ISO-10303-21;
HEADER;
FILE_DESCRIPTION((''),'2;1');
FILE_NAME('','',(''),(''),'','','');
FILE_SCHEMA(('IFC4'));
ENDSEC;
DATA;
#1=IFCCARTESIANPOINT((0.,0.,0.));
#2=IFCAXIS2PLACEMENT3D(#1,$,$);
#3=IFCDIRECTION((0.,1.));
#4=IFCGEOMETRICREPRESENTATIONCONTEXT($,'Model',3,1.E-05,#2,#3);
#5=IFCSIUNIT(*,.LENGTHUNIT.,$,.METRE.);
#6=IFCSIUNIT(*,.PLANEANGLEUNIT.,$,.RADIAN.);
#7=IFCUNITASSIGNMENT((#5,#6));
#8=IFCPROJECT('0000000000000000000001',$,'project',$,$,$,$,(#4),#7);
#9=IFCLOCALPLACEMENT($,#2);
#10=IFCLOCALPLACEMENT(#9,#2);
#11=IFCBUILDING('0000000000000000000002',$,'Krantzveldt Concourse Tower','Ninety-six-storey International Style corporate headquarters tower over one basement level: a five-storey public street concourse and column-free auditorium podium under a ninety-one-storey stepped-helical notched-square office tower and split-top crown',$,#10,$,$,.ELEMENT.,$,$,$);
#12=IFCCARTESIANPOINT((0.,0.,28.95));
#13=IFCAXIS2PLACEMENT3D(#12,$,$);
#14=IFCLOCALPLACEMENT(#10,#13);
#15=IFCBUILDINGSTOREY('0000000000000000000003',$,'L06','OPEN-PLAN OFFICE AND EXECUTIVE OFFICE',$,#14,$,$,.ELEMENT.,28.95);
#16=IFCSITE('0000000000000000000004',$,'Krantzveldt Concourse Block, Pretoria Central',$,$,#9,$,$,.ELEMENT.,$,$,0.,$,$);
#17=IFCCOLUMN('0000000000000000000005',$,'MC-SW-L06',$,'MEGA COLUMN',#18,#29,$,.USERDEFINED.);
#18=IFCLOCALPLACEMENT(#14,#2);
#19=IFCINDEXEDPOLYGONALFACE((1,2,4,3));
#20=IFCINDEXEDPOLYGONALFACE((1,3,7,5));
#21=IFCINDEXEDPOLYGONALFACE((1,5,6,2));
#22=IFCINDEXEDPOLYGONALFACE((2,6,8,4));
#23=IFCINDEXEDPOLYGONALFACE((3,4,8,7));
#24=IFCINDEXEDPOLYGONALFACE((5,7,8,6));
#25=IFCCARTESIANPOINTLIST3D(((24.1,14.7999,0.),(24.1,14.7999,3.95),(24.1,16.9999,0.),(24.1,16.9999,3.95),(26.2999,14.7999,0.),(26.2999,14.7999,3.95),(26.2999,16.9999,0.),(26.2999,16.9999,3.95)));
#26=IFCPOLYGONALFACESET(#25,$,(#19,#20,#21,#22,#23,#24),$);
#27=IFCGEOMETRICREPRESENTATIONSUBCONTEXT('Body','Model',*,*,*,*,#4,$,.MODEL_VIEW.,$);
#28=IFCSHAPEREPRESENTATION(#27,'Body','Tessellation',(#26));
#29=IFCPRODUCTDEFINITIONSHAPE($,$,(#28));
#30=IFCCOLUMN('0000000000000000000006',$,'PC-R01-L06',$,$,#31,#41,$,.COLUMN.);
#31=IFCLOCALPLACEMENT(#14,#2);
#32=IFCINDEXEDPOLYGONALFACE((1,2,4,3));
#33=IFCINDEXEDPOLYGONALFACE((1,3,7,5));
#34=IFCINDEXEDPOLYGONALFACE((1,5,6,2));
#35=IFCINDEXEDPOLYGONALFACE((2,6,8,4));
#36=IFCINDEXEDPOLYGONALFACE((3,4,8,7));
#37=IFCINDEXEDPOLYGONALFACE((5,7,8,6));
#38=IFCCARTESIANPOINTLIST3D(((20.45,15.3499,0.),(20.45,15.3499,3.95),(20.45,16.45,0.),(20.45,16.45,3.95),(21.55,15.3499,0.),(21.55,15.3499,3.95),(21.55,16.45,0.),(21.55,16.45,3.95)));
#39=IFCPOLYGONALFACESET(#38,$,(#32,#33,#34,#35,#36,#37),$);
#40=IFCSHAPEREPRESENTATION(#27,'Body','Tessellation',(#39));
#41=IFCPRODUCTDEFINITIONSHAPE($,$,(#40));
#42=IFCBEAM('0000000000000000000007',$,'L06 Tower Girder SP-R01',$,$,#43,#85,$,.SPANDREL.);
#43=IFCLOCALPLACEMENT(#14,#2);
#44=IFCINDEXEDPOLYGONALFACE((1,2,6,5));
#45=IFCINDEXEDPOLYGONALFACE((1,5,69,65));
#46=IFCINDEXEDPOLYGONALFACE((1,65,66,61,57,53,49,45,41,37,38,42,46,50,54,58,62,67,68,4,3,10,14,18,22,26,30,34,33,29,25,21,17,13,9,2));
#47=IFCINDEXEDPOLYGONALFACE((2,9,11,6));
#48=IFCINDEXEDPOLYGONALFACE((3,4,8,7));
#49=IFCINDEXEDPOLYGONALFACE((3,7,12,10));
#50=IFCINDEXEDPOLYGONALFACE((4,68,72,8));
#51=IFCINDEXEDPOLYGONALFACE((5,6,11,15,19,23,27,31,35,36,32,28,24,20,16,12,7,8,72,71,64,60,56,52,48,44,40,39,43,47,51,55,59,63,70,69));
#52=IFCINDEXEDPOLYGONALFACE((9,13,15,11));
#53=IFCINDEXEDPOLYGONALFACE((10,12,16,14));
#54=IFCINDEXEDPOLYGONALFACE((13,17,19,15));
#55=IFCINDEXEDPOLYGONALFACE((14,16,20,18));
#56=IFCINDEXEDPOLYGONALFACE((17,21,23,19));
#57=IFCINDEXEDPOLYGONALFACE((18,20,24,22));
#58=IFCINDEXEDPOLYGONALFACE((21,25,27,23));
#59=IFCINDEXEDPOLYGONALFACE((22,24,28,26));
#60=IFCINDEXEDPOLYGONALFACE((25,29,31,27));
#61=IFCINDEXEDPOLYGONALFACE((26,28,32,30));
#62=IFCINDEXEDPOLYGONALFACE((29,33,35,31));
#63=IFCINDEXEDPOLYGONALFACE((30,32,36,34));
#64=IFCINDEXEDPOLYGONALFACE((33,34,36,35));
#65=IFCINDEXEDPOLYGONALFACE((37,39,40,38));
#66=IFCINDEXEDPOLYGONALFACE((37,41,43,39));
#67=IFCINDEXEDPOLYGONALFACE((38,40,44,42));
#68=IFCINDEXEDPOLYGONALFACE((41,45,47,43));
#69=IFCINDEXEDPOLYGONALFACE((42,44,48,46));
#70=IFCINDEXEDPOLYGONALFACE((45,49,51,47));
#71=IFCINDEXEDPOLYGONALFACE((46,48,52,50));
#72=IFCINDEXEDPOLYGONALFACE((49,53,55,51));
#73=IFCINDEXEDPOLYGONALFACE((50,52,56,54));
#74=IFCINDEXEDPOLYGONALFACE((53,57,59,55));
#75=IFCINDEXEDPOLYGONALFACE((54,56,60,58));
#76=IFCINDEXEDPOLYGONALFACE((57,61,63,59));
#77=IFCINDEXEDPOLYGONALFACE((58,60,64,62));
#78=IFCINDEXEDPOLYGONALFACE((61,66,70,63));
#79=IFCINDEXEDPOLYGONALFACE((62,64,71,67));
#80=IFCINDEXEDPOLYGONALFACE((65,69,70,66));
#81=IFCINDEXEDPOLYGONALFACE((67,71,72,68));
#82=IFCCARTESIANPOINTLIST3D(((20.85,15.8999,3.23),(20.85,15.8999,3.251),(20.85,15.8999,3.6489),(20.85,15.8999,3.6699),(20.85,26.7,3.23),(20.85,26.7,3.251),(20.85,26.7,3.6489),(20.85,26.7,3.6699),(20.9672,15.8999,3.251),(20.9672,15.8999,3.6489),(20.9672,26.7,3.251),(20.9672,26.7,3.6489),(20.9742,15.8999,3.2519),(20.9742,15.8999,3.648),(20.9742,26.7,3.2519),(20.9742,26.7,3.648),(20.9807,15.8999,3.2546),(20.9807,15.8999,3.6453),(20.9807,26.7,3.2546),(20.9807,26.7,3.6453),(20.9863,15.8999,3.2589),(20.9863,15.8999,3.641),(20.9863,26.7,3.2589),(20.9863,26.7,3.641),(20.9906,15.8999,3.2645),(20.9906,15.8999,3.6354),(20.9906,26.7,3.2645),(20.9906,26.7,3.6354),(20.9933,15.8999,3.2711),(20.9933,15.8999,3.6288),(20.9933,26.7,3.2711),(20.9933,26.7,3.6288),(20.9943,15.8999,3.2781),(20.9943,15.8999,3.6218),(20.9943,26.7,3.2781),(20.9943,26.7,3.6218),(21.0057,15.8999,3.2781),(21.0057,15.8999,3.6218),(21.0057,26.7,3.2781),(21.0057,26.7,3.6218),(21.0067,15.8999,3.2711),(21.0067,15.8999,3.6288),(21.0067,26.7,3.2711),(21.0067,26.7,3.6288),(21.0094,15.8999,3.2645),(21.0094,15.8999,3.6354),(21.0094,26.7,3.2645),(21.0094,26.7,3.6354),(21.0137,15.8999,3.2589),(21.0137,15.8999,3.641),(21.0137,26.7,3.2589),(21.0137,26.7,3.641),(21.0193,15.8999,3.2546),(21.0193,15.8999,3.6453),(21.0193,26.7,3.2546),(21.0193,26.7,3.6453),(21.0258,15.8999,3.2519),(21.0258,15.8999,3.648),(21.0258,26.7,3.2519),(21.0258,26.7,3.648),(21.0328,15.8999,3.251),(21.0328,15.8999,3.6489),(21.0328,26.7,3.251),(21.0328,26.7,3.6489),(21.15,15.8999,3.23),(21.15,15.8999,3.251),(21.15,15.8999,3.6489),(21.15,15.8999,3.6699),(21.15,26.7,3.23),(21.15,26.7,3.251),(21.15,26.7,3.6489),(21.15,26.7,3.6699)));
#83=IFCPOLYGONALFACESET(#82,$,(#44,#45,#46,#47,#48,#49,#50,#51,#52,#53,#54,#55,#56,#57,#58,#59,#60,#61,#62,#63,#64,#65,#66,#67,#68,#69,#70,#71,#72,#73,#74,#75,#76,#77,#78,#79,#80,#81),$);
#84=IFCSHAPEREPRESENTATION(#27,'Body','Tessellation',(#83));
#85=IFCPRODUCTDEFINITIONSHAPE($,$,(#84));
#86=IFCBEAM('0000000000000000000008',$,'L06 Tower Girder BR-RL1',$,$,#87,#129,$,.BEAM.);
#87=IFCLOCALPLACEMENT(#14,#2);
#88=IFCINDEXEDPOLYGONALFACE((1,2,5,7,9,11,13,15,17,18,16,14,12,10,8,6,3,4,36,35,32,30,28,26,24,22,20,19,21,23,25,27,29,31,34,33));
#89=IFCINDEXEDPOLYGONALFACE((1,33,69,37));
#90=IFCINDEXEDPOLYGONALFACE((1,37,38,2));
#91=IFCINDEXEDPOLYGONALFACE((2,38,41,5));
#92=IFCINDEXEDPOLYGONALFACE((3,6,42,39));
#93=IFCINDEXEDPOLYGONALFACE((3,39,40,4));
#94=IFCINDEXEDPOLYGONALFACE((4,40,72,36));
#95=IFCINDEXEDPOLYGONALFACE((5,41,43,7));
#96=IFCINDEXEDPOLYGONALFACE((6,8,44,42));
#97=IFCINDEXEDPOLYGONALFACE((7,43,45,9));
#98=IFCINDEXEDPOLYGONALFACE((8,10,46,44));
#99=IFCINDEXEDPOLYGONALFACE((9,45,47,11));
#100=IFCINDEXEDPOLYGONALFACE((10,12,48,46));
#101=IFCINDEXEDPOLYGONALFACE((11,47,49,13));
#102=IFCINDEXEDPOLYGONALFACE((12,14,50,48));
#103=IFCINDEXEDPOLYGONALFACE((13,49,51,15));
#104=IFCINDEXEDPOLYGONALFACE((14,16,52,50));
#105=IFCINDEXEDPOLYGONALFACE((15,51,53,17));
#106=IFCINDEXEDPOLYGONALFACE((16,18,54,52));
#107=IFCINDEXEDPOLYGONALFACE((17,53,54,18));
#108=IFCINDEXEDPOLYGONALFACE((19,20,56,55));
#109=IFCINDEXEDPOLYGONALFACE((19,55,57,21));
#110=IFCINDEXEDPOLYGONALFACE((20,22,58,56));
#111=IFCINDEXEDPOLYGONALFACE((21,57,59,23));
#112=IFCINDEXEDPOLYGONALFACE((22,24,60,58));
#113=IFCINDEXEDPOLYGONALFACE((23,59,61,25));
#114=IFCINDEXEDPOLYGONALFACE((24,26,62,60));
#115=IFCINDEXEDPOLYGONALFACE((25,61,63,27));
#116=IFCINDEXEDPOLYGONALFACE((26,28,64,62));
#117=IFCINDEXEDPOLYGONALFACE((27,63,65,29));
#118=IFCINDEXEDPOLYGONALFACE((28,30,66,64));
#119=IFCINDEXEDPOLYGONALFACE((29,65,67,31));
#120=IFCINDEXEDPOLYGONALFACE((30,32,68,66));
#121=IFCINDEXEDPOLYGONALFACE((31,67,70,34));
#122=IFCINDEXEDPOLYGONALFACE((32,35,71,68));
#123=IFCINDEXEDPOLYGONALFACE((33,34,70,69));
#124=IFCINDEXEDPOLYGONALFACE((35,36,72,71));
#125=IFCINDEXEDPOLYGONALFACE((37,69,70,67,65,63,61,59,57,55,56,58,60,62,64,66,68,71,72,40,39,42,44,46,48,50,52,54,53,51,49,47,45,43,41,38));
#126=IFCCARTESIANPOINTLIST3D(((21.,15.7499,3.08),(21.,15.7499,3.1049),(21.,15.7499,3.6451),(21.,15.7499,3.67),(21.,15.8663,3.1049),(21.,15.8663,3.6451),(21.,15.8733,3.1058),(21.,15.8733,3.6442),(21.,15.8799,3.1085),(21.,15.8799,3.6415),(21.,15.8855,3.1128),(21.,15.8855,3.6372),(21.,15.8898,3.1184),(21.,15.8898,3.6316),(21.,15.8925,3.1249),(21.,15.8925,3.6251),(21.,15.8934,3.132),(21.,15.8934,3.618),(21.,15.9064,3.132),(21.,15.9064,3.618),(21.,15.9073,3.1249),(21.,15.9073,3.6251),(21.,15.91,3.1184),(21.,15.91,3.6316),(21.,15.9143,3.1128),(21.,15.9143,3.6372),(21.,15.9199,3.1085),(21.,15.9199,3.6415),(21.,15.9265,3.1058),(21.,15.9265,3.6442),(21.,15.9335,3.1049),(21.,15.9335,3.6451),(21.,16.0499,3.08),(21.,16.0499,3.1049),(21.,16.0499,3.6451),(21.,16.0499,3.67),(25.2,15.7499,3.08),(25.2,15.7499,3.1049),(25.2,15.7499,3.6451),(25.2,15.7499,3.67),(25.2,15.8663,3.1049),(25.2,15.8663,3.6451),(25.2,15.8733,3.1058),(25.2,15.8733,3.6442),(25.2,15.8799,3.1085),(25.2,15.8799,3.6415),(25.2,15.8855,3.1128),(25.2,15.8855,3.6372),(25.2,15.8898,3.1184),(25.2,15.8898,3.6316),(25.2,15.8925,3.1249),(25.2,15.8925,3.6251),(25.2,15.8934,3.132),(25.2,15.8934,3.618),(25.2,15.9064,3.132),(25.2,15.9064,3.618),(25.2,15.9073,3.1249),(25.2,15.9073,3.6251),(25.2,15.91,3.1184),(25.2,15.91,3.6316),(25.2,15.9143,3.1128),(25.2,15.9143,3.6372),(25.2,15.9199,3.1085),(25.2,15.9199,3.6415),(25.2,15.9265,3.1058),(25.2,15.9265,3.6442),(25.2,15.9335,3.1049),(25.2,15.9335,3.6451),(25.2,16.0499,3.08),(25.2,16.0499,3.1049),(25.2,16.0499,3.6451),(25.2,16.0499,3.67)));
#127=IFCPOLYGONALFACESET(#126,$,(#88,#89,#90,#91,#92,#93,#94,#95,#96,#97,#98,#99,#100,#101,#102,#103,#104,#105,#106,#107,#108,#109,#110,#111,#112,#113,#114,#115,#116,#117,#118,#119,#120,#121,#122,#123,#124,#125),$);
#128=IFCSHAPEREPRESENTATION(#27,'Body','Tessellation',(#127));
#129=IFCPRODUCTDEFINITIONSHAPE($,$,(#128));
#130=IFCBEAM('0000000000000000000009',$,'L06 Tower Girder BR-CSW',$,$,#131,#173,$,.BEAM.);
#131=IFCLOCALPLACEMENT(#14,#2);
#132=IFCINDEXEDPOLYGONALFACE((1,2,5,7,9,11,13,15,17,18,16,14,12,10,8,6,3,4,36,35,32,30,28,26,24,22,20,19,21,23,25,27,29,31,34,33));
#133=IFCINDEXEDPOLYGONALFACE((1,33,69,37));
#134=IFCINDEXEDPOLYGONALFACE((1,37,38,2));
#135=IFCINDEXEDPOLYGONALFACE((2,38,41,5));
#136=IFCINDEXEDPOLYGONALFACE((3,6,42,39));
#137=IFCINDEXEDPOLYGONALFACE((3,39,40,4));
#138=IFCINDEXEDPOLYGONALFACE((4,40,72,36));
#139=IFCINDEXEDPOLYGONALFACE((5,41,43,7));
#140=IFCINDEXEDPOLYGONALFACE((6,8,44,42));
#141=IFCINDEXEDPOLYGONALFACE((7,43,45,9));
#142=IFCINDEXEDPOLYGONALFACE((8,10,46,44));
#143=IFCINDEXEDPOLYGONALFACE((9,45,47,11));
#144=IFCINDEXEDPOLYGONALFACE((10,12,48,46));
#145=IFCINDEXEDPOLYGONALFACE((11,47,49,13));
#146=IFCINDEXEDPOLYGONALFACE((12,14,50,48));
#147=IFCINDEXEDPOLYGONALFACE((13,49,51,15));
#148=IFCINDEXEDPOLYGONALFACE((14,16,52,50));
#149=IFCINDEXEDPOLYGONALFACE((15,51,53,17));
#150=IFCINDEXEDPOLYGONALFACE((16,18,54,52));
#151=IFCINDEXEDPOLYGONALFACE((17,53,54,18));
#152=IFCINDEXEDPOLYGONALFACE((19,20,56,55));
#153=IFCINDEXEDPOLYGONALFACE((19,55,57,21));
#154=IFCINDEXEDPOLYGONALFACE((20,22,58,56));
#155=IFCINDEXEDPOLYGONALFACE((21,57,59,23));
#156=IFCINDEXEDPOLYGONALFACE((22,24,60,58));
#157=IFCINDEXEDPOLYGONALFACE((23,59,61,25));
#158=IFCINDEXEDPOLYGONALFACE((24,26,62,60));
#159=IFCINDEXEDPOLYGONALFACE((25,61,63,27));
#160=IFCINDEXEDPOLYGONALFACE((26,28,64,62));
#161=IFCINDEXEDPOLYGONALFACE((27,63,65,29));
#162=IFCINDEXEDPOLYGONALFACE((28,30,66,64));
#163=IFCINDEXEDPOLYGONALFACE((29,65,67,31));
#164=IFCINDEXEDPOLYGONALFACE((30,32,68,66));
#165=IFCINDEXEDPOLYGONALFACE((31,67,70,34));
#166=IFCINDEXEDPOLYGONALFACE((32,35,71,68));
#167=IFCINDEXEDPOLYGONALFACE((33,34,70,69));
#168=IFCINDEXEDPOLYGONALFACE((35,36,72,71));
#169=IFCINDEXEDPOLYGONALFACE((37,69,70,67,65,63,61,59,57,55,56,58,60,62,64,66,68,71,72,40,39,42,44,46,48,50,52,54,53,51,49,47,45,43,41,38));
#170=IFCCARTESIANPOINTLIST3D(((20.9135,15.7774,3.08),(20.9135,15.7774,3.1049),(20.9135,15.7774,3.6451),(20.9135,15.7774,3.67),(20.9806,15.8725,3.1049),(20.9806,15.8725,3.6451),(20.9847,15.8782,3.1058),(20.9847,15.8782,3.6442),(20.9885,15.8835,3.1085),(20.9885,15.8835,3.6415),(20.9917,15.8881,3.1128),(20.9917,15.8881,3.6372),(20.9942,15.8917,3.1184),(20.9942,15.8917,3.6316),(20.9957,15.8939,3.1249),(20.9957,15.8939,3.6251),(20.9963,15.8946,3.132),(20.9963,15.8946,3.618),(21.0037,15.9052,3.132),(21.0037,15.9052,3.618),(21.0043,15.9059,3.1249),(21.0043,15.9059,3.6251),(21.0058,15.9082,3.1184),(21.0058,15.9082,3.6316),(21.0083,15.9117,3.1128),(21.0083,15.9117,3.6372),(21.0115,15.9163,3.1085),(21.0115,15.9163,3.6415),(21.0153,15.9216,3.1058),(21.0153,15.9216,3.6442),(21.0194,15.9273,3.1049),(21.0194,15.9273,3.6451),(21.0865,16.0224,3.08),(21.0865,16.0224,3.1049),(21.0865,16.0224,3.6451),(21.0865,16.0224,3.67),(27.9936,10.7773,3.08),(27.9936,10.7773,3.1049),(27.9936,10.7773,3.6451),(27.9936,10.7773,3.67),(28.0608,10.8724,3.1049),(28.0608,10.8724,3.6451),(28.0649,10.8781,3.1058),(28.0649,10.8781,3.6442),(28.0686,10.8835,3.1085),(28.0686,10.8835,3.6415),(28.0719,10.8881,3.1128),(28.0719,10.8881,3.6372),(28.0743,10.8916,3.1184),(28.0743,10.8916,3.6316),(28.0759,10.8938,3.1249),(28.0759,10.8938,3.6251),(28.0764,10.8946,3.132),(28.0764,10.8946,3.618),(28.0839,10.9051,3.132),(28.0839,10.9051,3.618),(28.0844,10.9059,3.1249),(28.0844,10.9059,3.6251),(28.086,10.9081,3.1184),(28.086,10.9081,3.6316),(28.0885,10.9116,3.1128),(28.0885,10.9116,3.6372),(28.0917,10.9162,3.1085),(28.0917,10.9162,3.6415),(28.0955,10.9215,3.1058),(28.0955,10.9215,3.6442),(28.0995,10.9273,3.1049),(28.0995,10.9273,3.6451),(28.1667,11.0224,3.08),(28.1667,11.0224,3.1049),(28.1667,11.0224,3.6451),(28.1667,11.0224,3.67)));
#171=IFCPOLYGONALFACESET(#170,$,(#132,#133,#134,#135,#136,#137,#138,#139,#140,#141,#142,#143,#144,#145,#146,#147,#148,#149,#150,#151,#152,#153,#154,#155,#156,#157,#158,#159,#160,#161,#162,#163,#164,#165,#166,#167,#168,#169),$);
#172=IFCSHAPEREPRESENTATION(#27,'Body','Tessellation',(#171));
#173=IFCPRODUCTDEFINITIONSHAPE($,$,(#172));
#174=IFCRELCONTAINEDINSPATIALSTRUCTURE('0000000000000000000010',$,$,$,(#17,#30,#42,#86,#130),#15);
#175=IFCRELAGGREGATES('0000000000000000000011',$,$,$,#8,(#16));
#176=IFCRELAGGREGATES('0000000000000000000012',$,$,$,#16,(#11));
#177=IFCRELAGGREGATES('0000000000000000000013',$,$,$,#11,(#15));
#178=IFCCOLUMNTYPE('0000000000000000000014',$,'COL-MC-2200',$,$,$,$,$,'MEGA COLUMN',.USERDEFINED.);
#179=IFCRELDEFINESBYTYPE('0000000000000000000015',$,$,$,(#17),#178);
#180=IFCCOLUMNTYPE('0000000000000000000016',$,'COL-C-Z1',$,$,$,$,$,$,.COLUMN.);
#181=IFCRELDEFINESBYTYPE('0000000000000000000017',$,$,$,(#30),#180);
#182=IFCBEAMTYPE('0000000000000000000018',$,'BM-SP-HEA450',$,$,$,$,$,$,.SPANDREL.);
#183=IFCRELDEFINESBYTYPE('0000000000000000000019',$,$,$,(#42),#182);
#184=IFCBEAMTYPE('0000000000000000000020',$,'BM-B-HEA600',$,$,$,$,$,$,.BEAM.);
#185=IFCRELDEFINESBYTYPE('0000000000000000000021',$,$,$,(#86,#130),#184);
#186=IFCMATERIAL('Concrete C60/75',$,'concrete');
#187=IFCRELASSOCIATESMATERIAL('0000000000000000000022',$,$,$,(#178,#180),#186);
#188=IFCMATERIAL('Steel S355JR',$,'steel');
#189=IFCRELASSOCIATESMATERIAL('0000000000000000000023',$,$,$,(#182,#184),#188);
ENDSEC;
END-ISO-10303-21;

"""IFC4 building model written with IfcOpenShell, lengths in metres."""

from ifc_helpers import new_model, si_unit, direction, frame, origin, origin_2d, place, context, subcontext, project, spatial, rectangle, i_section, extrude, source, transform, mapped, material, material_profile, profile_set, type_object, type_shapes, element, save


model = new_model("IFC4")

# Units and contexts
model_context = context("Model", 3, precision=1e-05, world=origin(), true_north=direction((0.0, 1.0)))
body_context = subcontext(model_context, "Body", "Model", "MODEL_VIEW")
ifc_project = project(units=[si_unit("LENGTHUNIT", "METRE"), si_unit("PLANEANGLEUNIT", "RADIAN")], contexts=[model_context])

# Site, building, storey
site_placement = place(None, origin())
site = spatial("IfcSite", under=ifc_project, at=site_placement, Name="Krantzveldt Concourse Block, Pretoria Central", CompositionType="ELEMENT", RefElevation=0.0)
building_placement = place(site_placement, origin())
building = spatial("IfcBuilding", under=site, at=building_placement, Name="Krantzveldt Concourse Tower", Description="Ninety-six-storey International Style corporate headquarters tower over one basement level: a five-storey public street concourse and column-free auditorium podium under a ninety-one-storey stepped-helical notched-square office tower and split-top crown", CompositionType="ELEMENT")
storey_placement = place(building_placement, frame((0.0, 0.0, 28.95)))
storey = spatial("IfcBuildingStorey", under=building, at=storey_placement, Name="L06", Description="OPEN-PLAN OFFICE AND EXECUTIVE OFFICE", CompositionType="ELEMENT", Elevation=28.95)

# Columns
ifc_material_1 = material(Name="Concrete C60/75", Category="concrete")
ifc_material_profile_1 = material_profile(ifc_material_1, rectangle(XDim=2.2, YDim=2.2, at=origin_2d()), Name="Concrete C60/75", Category="concrete")
ifc_profile_set_1 = profile_set([ifc_material_profile_1], Name="Concrete C60/75 - RC 2200x2200")
column_type_1 = type_object("IfcColumnType", Name="COL-MC-2200", ElementType="MEGA COLUMN", PredefinedType="USERDEFINED", material=ifc_profile_set_1)
shared_shape_1 = source(origin(), body_context, "Body", "SweptSolid", [
    extrude(rectangle(XDim=2.2, YDim=2.2, at=origin_2d()), origin(), (0.0, 0.0, 1.0), 3.95),
])
type_shapes(column_type_1, [shared_shape_1])
column_1_placement = place(storey_placement, frame((25.2, 15.8999, 0.0), z_axis=(0.0, 0.0, 1.0), x_axis=(1.0, 0.0, 0.0)))
element("IfcColumn", 1, at=column_1_placement, inside=storey, type_object=column_type_1, Name="MC-SW-L06", ObjectType="MEGA COLUMN", PredefinedType="USERDEFINED", context=body_context, shape_type="MappedRepresentation", body=[
    mapped(shared_shape_1, transform((0.0, 0.0, 0.0), x_axis=(1.0, 0.0, 0.0), y_axis=(0.0, 1.0, 0.0), z_axis=(0.0, 0.0, 1.0), scale=1.0)),
])
ifc_material_profile_2 = material_profile(ifc_material_1, rectangle(XDim=1.1001, YDim=1.1001, at=origin_2d()), Name="Concrete C60/75", Category="concrete")
ifc_profile_set_2 = profile_set([ifc_material_profile_2], Name="Concrete C60/75 - RC 1100x1100")
column_type_2 = type_object("IfcColumnType", Name="COL-C-Z1", PredefinedType="COLUMN", material=ifc_profile_set_2)
shared_shape_2 = source(origin(), body_context, "Body", "SweptSolid", [
    extrude(rectangle(XDim=1.1001, YDim=1.1001, at=origin_2d()), origin(), (0.0, 0.0, 1.0), 3.95),
])
type_shapes(column_type_2, [shared_shape_2])
column_2_placement = place(storey_placement, frame((21.0, 15.8999, 0.0), z_axis=(0.0, 0.0, 1.0), x_axis=(1.0, 0.0, 0.0)))
element("IfcColumn", 2, at=column_2_placement, inside=storey, type_object=column_type_2, Name="PC-R01-L06", PredefinedType="COLUMN", context=body_context, shape_type="MappedRepresentation", body=[
    mapped(shared_shape_2, transform((0.0, 0.0, 0.0), x_axis=(1.0, 0.0, 0.0), y_axis=(0.0, 1.0, 0.0), z_axis=(0.0, 0.0, 1.0), scale=1.0)),
])

# Beams
ifc_material_2 = material(Name="Steel S355JR", Category="steel")
ifc_material_profile_3 = material_profile(ifc_material_2, i_section(OverallWidth=0.3, OverallDepth=0.4399, WebThickness=0.0115, FlangeThickness=0.021, FilletRadius=0.0271, at=origin_2d()), Name="Steel S355JR", Category="steel")
ifc_profile_set_3 = profile_set([ifc_material_profile_3], Name="Steel S355JR - HEA 450")
beam_type_1 = type_object("IfcBeamType", Name="BM-SP-HEA450", PredefinedType="SPANDREL", material=ifc_profile_set_3)
shared_shape_3 = source(origin(), body_context, "Body", "SweptSolid", [
    extrude(i_section(OverallWidth=0.3, OverallDepth=0.4399, WebThickness=0.0115, FlangeThickness=0.021, FilletRadius=0.0271, at=origin_2d()), origin(), (0.0, 0.0, 1.0), 10.8),
])
type_shapes(beam_type_1, [shared_shape_3])
beam_1_placement = place(storey_placement, frame((21.0, 15.8999, 3.45), z_axis=(0.0, 1.0, 0.0), x_axis=(-1.0, 0.0, 0.0)))
element("IfcBeam", 3, at=beam_1_placement, inside=storey, type_object=beam_type_1, Name="L06 Tower Girder SP-R01", PredefinedType="SPANDREL", context=body_context, shape_type="MappedRepresentation", body=[
    mapped(shared_shape_3, transform((0.0, 0.0, 0.0), x_axis=(1.0, 0.0, 0.0), y_axis=(0.0, 1.0, 0.0), z_axis=(0.0, 0.0, 1.0), scale=1.0)),
])
ifc_material_profile_4 = material_profile(ifc_material_2, i_section(OverallWidth=0.3, OverallDepth=0.5901, WebThickness=0.0129, FlangeThickness=0.0249, FilletRadius=0.0271, at=origin_2d()), Name="Steel S355JR", Category="steel")
ifc_profile_set_4 = profile_set([ifc_material_profile_4], Name="Steel S355JR - HEA 600")
beam_type_2 = type_object("IfcBeamType", Name="BM-B-HEA600", PredefinedType="BEAM", material=ifc_profile_set_4)
shared_shape_4 = source(origin(), body_context, "Body", "SweptSolid", [
    extrude(i_section(OverallWidth=0.3, OverallDepth=0.5901, WebThickness=0.0129, FlangeThickness=0.0249, FilletRadius=0.0271, at=origin_2d()), origin(), (0.0, 0.0, 1.0), 4.2),
])
beam_2_placement = place(storey_placement, frame((21.0, 15.8999, 3.375), z_axis=(1.0, 0.0, 0.0), x_axis=(0.0, 1.0, 0.0)))
element("IfcBeam", 4, at=beam_2_placement, inside=storey, type_object=beam_type_2, Name="L06 Tower Girder BR-RL1", PredefinedType="BEAM", context=body_context, shape_type="MappedRepresentation", body=[
    mapped(shared_shape_4, transform((0.0, 0.0, 0.0), x_axis=(1.0, 0.0, 0.0), y_axis=(0.0, 1.0, 0.0), z_axis=(0.0, 0.0, 1.0), scale=1.0)),
])
shared_shape_5 = source(origin(), body_context, "Body", "SweptSolid", [
    extrude(i_section(OverallWidth=0.3, OverallDepth=0.5901, WebThickness=0.0129, FlangeThickness=0.0249, FilletRadius=0.0271, at=origin_2d()), origin(), (0.0, 0.0, 1.0), 8.6677),
])
type_shapes(beam_type_2, [shared_shape_4, shared_shape_5])
beam_3_placement = place(storey_placement, frame((21.0, 15.8999, 3.375), z_axis=(0.816843, -0.57686, 0.0), x_axis=(0.57686, 0.816843, 0.0)))
element("IfcBeam", 5, at=beam_3_placement, inside=storey, type_object=beam_type_2, Name="L06 Tower Girder BR-CSW", PredefinedType="BEAM", context=body_context, shape_type="MappedRepresentation", body=[
    mapped(shared_shape_5, transform((0.0, 0.0, 0.0), x_axis=(1.0, 0.0, 0.0), y_axis=(0.0, 1.0, 0.0), z_axis=(0.0, 0.0, 1.0), scale=1.0)),
])

save(model, "model.ifc")
